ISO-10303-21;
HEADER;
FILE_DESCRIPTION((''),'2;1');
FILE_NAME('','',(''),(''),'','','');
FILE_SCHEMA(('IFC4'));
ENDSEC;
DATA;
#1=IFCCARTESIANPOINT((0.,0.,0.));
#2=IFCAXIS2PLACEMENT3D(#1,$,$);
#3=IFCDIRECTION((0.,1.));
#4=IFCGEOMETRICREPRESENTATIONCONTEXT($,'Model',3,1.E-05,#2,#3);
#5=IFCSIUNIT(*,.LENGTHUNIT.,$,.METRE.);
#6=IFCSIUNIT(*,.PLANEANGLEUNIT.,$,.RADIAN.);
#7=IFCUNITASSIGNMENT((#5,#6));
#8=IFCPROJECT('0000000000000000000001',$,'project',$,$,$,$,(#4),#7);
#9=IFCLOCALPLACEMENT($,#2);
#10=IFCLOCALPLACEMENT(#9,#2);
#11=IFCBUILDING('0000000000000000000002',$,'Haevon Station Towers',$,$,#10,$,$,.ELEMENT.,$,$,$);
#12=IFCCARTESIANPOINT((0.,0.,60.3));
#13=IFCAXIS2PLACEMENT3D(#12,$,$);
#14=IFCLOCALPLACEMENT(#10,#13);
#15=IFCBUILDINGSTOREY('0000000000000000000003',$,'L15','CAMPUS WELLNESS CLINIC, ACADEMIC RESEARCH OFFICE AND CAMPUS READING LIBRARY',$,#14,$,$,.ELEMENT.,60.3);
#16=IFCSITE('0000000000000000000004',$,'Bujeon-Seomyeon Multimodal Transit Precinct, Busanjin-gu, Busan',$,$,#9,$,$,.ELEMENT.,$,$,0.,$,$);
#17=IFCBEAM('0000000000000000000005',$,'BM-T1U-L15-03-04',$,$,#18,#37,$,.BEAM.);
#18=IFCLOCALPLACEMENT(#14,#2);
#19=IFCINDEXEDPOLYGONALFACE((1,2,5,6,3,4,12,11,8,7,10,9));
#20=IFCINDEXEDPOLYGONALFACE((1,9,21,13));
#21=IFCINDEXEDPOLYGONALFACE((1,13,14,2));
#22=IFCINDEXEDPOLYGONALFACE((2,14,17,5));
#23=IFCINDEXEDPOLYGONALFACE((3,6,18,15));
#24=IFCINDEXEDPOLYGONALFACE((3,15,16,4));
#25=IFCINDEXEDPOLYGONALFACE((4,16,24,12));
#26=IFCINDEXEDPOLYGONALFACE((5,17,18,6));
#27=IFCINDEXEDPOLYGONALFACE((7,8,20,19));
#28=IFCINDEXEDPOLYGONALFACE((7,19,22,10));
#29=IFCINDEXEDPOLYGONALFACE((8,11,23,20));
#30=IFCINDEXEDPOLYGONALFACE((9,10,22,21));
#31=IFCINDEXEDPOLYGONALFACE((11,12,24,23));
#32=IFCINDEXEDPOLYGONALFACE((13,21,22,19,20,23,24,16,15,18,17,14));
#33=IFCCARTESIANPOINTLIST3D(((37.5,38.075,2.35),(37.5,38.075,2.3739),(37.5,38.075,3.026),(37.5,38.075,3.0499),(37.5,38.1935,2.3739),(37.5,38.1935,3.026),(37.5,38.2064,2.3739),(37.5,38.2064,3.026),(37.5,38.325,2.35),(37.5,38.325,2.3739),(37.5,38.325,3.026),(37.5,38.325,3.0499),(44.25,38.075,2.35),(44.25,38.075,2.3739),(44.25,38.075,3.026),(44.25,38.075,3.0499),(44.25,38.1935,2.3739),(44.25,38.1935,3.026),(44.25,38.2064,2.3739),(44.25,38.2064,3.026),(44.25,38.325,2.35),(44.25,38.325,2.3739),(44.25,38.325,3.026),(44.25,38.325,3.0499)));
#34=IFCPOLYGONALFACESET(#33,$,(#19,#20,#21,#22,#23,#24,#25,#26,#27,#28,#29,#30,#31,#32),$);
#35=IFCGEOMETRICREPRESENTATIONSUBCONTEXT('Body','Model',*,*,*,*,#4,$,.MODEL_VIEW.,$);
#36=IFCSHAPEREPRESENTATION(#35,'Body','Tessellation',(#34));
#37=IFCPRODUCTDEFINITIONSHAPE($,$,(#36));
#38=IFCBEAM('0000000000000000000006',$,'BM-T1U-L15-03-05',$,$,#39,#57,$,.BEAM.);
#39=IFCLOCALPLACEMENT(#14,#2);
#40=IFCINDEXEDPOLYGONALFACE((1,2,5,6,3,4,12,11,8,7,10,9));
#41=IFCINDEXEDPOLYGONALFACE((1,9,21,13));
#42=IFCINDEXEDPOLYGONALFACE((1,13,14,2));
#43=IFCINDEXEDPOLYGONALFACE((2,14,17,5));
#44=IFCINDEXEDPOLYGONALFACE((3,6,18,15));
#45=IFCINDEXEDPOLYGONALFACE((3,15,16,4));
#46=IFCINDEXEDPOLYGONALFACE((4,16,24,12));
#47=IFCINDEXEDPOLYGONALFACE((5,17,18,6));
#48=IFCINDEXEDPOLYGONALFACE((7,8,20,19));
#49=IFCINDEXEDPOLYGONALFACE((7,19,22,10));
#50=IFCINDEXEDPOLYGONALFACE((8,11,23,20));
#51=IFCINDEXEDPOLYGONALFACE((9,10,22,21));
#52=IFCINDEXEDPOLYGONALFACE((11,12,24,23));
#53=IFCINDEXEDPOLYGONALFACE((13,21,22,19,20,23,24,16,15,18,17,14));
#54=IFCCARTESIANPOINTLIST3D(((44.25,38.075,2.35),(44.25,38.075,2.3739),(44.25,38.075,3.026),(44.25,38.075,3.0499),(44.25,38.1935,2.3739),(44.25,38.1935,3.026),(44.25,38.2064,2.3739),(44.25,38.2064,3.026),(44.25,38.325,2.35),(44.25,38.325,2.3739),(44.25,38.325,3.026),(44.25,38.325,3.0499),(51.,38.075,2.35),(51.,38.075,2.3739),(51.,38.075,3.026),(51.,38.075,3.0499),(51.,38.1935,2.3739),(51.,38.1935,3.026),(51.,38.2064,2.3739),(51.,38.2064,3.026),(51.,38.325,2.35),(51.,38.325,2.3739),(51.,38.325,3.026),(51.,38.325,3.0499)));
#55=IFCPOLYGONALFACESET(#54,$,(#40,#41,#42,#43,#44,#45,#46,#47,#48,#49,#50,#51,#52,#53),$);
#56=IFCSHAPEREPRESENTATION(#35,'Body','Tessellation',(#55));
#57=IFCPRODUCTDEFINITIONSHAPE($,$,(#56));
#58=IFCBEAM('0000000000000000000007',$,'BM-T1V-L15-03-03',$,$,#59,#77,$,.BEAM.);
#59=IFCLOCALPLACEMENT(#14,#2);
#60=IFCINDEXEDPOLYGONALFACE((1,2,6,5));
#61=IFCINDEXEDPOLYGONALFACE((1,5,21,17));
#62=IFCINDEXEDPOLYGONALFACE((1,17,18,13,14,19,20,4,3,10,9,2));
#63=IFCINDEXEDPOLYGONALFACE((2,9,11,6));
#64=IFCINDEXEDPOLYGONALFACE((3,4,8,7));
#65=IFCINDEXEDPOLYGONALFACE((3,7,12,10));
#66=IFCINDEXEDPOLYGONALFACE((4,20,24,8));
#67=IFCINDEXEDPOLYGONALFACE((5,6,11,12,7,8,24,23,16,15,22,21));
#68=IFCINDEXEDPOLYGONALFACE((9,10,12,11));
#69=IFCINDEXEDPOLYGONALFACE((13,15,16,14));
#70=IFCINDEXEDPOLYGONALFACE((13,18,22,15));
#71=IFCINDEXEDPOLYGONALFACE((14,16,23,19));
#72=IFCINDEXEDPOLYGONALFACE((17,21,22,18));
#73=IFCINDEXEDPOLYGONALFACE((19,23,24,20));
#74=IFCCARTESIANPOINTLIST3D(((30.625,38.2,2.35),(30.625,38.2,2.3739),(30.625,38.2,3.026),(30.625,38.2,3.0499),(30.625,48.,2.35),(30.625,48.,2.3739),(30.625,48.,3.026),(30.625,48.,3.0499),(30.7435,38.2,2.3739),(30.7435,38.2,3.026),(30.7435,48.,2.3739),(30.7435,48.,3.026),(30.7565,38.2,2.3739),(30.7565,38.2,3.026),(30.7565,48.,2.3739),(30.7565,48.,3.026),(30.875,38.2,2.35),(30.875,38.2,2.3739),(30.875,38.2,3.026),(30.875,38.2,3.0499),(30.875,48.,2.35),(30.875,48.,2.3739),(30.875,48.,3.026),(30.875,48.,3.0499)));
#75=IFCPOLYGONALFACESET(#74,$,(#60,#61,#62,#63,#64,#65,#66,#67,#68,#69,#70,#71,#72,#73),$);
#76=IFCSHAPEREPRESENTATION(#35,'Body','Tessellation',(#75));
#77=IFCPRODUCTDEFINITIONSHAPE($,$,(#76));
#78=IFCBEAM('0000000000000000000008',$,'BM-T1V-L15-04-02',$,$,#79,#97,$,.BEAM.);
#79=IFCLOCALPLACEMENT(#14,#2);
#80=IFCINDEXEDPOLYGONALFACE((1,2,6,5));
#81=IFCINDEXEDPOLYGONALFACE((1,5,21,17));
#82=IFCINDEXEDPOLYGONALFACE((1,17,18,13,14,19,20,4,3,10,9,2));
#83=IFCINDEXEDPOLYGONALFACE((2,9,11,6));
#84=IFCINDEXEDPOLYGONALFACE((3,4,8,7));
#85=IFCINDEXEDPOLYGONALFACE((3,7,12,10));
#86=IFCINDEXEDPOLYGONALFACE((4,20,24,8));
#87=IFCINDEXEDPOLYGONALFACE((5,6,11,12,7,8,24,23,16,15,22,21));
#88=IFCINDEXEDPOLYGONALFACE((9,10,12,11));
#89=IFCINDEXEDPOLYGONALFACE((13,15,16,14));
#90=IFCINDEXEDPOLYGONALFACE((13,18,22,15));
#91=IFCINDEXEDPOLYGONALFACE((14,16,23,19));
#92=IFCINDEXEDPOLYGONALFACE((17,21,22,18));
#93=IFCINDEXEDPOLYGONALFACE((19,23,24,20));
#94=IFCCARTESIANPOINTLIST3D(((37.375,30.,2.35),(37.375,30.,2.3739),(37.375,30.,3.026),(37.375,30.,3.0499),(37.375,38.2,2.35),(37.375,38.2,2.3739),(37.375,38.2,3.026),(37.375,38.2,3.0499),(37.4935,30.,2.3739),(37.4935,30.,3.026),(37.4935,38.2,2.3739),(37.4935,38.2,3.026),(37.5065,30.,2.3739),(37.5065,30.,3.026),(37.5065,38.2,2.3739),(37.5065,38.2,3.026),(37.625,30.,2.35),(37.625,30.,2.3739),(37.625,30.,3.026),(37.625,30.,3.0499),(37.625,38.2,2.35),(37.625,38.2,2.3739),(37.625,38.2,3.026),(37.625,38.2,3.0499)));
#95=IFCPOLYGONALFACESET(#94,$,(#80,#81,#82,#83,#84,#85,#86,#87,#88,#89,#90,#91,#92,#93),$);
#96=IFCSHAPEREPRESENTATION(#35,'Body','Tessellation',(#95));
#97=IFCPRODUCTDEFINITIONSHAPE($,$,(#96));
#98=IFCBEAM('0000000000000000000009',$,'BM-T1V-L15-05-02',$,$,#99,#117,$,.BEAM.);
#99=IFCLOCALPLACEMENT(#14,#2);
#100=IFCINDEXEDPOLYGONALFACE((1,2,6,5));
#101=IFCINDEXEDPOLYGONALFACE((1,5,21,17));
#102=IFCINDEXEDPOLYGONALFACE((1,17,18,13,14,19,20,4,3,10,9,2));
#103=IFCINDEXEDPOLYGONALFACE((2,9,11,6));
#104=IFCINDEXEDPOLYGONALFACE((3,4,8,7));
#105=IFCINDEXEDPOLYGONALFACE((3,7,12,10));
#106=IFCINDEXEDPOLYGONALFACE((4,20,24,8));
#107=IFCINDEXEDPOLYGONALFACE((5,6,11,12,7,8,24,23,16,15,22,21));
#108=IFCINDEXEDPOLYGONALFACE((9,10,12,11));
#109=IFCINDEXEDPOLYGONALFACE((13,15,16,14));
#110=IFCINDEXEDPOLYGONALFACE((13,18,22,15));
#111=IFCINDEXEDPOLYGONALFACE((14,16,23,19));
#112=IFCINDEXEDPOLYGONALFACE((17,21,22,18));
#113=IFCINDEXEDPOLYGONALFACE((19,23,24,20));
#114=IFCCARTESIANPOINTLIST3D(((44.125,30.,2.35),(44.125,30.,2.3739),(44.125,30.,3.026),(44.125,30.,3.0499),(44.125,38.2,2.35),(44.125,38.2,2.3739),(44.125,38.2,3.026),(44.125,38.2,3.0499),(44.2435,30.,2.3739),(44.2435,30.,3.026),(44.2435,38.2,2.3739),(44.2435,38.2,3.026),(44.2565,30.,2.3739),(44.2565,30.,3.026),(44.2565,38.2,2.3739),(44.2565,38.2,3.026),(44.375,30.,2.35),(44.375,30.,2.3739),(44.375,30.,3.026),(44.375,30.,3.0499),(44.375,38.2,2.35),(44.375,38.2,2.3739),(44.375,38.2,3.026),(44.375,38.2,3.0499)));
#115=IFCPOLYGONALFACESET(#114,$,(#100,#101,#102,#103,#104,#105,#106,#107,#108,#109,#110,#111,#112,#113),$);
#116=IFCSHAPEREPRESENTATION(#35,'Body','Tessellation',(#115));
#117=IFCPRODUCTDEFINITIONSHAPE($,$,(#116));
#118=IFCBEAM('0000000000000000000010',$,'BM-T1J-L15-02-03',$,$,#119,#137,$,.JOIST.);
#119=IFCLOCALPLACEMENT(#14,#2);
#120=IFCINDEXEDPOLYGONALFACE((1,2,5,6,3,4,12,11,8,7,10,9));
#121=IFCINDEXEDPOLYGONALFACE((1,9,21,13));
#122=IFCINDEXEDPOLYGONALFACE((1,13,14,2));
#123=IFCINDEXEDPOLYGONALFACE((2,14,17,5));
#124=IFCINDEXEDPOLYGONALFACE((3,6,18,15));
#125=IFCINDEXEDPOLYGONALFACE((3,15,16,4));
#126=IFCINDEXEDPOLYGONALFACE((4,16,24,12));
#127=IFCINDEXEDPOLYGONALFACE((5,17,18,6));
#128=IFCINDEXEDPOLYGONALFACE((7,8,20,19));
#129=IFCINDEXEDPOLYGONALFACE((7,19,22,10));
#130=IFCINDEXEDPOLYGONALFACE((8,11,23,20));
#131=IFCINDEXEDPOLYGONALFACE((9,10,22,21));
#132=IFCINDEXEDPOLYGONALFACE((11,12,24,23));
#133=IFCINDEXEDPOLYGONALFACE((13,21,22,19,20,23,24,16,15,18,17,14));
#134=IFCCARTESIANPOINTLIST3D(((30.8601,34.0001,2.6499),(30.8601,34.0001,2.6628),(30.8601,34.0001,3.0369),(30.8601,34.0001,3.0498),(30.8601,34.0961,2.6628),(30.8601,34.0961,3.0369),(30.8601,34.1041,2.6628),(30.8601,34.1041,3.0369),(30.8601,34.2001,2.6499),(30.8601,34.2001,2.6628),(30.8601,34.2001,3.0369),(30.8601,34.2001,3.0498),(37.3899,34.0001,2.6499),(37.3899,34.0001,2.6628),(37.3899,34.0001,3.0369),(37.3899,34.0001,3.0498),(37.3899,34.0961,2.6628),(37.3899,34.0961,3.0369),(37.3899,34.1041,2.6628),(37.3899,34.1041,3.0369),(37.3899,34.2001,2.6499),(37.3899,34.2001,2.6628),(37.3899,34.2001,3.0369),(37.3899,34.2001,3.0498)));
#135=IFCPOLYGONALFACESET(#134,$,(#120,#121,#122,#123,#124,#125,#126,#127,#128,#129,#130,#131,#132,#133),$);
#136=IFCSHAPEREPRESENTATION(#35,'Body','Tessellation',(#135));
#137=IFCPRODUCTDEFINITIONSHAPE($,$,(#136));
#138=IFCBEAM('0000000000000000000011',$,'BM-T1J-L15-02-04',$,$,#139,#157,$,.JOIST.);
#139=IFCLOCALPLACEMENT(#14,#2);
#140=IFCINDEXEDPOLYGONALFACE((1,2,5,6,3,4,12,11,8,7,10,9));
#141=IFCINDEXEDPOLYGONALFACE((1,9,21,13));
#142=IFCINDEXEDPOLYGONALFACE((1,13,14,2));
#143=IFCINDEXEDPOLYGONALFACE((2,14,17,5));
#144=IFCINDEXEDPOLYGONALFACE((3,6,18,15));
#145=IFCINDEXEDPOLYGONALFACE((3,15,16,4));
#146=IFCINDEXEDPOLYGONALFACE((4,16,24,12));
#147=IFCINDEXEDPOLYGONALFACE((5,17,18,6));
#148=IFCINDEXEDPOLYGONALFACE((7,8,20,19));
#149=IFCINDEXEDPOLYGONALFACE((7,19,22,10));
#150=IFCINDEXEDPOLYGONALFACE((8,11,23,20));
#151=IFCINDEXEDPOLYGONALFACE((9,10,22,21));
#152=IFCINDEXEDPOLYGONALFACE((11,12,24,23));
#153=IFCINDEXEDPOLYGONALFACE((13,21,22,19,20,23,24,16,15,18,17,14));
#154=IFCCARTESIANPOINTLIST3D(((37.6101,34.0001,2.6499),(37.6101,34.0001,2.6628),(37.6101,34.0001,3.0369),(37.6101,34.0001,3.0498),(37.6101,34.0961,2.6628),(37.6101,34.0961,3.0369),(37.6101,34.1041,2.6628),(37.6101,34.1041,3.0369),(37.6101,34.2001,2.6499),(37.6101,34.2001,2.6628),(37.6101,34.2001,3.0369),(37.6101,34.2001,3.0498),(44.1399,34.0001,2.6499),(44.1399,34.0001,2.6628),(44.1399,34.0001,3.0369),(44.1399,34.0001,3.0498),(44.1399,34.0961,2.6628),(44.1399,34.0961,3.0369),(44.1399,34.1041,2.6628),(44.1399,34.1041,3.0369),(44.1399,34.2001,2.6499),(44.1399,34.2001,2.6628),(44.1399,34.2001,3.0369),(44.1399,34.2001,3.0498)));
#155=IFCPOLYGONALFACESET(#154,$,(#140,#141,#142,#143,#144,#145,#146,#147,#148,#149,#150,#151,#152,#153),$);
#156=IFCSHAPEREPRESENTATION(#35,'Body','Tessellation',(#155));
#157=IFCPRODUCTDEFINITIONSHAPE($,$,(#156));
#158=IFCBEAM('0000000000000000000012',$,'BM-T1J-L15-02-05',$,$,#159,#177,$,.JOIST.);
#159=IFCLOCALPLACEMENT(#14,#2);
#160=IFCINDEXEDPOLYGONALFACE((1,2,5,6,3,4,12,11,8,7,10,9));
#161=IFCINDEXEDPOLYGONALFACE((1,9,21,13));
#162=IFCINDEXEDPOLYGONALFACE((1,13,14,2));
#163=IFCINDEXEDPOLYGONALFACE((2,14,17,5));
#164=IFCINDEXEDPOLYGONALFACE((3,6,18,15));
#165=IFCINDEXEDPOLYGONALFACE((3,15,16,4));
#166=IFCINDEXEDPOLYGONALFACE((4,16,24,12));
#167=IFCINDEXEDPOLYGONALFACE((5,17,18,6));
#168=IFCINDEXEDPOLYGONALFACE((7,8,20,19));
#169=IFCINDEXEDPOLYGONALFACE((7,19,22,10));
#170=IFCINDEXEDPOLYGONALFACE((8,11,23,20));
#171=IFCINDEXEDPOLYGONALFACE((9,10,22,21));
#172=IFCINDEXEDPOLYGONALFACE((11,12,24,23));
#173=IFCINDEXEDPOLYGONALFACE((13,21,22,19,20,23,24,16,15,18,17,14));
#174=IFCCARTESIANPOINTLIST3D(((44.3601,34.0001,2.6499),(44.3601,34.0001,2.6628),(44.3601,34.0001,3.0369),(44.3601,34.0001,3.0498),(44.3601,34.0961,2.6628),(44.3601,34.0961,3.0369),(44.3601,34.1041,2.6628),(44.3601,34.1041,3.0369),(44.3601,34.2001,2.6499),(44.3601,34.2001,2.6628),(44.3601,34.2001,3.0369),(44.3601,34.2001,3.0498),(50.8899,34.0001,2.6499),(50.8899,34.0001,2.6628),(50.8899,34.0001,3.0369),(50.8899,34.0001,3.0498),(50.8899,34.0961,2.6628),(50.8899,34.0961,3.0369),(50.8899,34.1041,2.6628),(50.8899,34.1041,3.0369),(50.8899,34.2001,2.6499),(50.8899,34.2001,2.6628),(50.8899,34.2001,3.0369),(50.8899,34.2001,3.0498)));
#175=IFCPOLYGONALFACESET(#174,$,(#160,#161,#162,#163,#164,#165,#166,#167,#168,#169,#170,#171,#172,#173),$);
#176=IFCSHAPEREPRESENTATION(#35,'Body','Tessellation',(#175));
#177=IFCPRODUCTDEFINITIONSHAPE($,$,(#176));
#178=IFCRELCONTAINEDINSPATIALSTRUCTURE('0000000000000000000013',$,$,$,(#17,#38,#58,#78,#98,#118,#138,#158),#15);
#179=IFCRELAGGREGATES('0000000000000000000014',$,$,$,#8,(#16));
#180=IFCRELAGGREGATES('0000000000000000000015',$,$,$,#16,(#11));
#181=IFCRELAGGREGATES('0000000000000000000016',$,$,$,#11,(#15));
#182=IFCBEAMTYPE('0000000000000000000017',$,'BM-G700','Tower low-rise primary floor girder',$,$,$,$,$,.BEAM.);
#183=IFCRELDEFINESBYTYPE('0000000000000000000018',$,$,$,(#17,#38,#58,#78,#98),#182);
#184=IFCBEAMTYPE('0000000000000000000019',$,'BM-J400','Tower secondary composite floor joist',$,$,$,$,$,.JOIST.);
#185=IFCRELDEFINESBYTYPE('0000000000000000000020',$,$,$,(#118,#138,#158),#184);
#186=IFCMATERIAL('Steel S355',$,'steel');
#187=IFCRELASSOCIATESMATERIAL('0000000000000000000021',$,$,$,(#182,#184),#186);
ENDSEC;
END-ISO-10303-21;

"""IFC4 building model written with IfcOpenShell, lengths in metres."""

from ifc_helpers import new_model, si_unit, direction, frame, origin, origin_2d, place, context, subcontext, project, spatial, i_section, extrude, material, material_profile, profile_set, type_object, element, save


model = new_model("IFC4")

# Units and contexts
model_context = context("Model", 3, precision=1e-05, world=origin(), true_north=direction((0.0, 1.0)))
body_context = subcontext(model_context, "Body", "Model", "MODEL_VIEW")
ifc_project = project(units=[si_unit("LENGTHUNIT", "METRE"), si_unit("PLANEANGLEUNIT", "RADIAN")], contexts=[model_context])

# Site, building, storey
site_placement = place(None, origin())
site = spatial("IfcSite", under=ifc_project, at=site_placement, Name="Bujeon-Seomyeon Multimodal Transit Precinct, Busanjin-gu, Busan", CompositionType="ELEMENT", RefElevation=0.0)
building_placement = place(site_placement, origin())
building = spatial("IfcBuilding", under=site, at=building_placement, Name="Haevon Station Towers", CompositionType="ELEMENT")
storey_placement = place(building_placement, frame((0.0, 0.0, 60.3)))
storey = spatial("IfcBuildingStorey", under=building, at=storey_placement, Name="L15", Description="CAMPUS WELLNESS CLINIC, ACADEMIC RESEARCH OFFICE AND CAMPUS READING LIBRARY", CompositionType="ELEMENT", Elevation=60.3)

# Beams
ifc_material_1 = material(Name="Steel S355", Category="steel")
ifc_material_profile_1 = material_profile(ifc_material_1, i_section(OverallWidth=0.25, OverallDepth=0.7, WebThickness=0.0129, FlangeThickness=0.0239, at=origin_2d()), Name="H-700x250x13x24")
ifc_profile_set_1 = profile_set([ifc_material_profile_1], Name="Steel S355")
beam_type_1 = type_object("IfcBeamType", Name="BM-G700", Description="Tower low-rise primary floor girder", PredefinedType="BEAM", material=ifc_profile_set_1)
for number, where, z_axis, x_axis, name in (
    (1, (37.5, 38.2, 2.7), (1.0, 0.0, 0.0), (0.0, 1.0, 0.0), "BM-T1U-L15-03-04"),
    (2, (44.25, 38.2, 2.7), (1.0, 0.0, 0.0), (0.0, 1.0, 0.0), "BM-T1U-L15-03-05"),
):
    element("IfcBeam", number, at=place(storey_placement, frame(where, z_axis=z_axis, x_axis=x_axis)), inside=storey, type_object=beam_type_1, Name=name, PredefinedType="BEAM", context=body_context, shape_type="SweptSolid", body=[
        extrude(i_section(OverallWidth=0.25, OverallDepth=0.7, WebThickness=0.0129, FlangeThickness=0.0239, at=origin_2d()), origin(), (0.0, 0.0, 1.0), 6.75),
    ])
beam_1_placement = place(storey_placement, frame((30.75, 38.2, 2.7), z_axis=(0.0, 1.0, 0.0), x_axis=(-1.0, 0.0, 0.0)))
element("IfcBeam", 3, at=beam_1_placement, inside=storey, type_object=beam_type_1, Name="BM-T1V-L15-03-03", PredefinedType="BEAM", context=body_context, shape_type="SweptSolid", body=[
    extrude(i_section(OverallWidth=0.25, OverallDepth=0.7, WebThickness=0.0129, FlangeThickness=0.0239, at=origin_2d()), origin(), (0.0, 0.0, 1.0), 9.8),
])
for number, where, z_axis, x_axis, name in (
    (4, (37.5, 30.0, 2.7), (0.0, 1.0, 0.0), (-1.0, 0.0, 0.0), "BM-T1V-L15-04-02"),
    (5, (44.25, 30.0, 2.7), (0.0, 1.0, 0.0), (-1.0, 0.0, 0.0), "BM-T1V-L15-05-02"),
):
    element("IfcBeam", number, at=place(storey_placement, frame(where, z_axis=z_axis, x_axis=x_axis)), inside=storey, type_object=beam_type_1, Name=name, PredefinedType="BEAM", context=body_context, shape_type="SweptSolid", body=[
        extrude(i_section(OverallWidth=0.25, OverallDepth=0.7, WebThickness=0.0129, FlangeThickness=0.0239, at=origin_2d()), origin(), (0.0, 0.0, 1.0), 8.2),
    ])
ifc_material_profile_2 = material_profile(ifc_material_1, i_section(OverallWidth=0.2, OverallDepth=0.3999, WebThickness=0.0081, FlangeThickness=0.0129, at=origin_2d()), Name="H-400x200x8x13")
ifc_profile_set_2 = profile_set([ifc_material_profile_2], Name="Steel S355")
beam_type_2 = type_object("IfcBeamType", Name="BM-J400", Description="Tower secondary composite floor joist", PredefinedType="JOIST", material=ifc_profile_set_2)
for number, where, z_axis, x_axis, name in (
    (6, (30.8601, 34.1001, 2.8499), (1.0, 0.0, 0.0), (0.0, 1.0, 0.0), "BM-T1J-L15-02-03"),
    (7, (37.6101, 34.1001, 2.8499), (1.0, 0.0, 0.0), (0.0, 1.0, 0.0), "BM-T1J-L15-02-04"),
    (8, (44.3601, 34.1001, 2.8499), (1.0, 0.0, 0.0), (0.0, 1.0, 0.0), "BM-T1J-L15-02-05"),
):
    element("IfcBeam", number, at=place(storey_placement, frame(where, z_axis=z_axis, x_axis=x_axis)), inside=storey, type_object=beam_type_2, Name=name, PredefinedType="JOIST", context=body_context, shape_type="SweptSolid", body=[
        extrude(i_section(OverallWidth=0.2, OverallDepth=0.3999, WebThickness=0.0081, FlangeThickness=0.0129, at=origin_2d()), origin(), (0.0, 0.0, 1.0), 6.5298),
    ])

save(model, "model.ifc")
